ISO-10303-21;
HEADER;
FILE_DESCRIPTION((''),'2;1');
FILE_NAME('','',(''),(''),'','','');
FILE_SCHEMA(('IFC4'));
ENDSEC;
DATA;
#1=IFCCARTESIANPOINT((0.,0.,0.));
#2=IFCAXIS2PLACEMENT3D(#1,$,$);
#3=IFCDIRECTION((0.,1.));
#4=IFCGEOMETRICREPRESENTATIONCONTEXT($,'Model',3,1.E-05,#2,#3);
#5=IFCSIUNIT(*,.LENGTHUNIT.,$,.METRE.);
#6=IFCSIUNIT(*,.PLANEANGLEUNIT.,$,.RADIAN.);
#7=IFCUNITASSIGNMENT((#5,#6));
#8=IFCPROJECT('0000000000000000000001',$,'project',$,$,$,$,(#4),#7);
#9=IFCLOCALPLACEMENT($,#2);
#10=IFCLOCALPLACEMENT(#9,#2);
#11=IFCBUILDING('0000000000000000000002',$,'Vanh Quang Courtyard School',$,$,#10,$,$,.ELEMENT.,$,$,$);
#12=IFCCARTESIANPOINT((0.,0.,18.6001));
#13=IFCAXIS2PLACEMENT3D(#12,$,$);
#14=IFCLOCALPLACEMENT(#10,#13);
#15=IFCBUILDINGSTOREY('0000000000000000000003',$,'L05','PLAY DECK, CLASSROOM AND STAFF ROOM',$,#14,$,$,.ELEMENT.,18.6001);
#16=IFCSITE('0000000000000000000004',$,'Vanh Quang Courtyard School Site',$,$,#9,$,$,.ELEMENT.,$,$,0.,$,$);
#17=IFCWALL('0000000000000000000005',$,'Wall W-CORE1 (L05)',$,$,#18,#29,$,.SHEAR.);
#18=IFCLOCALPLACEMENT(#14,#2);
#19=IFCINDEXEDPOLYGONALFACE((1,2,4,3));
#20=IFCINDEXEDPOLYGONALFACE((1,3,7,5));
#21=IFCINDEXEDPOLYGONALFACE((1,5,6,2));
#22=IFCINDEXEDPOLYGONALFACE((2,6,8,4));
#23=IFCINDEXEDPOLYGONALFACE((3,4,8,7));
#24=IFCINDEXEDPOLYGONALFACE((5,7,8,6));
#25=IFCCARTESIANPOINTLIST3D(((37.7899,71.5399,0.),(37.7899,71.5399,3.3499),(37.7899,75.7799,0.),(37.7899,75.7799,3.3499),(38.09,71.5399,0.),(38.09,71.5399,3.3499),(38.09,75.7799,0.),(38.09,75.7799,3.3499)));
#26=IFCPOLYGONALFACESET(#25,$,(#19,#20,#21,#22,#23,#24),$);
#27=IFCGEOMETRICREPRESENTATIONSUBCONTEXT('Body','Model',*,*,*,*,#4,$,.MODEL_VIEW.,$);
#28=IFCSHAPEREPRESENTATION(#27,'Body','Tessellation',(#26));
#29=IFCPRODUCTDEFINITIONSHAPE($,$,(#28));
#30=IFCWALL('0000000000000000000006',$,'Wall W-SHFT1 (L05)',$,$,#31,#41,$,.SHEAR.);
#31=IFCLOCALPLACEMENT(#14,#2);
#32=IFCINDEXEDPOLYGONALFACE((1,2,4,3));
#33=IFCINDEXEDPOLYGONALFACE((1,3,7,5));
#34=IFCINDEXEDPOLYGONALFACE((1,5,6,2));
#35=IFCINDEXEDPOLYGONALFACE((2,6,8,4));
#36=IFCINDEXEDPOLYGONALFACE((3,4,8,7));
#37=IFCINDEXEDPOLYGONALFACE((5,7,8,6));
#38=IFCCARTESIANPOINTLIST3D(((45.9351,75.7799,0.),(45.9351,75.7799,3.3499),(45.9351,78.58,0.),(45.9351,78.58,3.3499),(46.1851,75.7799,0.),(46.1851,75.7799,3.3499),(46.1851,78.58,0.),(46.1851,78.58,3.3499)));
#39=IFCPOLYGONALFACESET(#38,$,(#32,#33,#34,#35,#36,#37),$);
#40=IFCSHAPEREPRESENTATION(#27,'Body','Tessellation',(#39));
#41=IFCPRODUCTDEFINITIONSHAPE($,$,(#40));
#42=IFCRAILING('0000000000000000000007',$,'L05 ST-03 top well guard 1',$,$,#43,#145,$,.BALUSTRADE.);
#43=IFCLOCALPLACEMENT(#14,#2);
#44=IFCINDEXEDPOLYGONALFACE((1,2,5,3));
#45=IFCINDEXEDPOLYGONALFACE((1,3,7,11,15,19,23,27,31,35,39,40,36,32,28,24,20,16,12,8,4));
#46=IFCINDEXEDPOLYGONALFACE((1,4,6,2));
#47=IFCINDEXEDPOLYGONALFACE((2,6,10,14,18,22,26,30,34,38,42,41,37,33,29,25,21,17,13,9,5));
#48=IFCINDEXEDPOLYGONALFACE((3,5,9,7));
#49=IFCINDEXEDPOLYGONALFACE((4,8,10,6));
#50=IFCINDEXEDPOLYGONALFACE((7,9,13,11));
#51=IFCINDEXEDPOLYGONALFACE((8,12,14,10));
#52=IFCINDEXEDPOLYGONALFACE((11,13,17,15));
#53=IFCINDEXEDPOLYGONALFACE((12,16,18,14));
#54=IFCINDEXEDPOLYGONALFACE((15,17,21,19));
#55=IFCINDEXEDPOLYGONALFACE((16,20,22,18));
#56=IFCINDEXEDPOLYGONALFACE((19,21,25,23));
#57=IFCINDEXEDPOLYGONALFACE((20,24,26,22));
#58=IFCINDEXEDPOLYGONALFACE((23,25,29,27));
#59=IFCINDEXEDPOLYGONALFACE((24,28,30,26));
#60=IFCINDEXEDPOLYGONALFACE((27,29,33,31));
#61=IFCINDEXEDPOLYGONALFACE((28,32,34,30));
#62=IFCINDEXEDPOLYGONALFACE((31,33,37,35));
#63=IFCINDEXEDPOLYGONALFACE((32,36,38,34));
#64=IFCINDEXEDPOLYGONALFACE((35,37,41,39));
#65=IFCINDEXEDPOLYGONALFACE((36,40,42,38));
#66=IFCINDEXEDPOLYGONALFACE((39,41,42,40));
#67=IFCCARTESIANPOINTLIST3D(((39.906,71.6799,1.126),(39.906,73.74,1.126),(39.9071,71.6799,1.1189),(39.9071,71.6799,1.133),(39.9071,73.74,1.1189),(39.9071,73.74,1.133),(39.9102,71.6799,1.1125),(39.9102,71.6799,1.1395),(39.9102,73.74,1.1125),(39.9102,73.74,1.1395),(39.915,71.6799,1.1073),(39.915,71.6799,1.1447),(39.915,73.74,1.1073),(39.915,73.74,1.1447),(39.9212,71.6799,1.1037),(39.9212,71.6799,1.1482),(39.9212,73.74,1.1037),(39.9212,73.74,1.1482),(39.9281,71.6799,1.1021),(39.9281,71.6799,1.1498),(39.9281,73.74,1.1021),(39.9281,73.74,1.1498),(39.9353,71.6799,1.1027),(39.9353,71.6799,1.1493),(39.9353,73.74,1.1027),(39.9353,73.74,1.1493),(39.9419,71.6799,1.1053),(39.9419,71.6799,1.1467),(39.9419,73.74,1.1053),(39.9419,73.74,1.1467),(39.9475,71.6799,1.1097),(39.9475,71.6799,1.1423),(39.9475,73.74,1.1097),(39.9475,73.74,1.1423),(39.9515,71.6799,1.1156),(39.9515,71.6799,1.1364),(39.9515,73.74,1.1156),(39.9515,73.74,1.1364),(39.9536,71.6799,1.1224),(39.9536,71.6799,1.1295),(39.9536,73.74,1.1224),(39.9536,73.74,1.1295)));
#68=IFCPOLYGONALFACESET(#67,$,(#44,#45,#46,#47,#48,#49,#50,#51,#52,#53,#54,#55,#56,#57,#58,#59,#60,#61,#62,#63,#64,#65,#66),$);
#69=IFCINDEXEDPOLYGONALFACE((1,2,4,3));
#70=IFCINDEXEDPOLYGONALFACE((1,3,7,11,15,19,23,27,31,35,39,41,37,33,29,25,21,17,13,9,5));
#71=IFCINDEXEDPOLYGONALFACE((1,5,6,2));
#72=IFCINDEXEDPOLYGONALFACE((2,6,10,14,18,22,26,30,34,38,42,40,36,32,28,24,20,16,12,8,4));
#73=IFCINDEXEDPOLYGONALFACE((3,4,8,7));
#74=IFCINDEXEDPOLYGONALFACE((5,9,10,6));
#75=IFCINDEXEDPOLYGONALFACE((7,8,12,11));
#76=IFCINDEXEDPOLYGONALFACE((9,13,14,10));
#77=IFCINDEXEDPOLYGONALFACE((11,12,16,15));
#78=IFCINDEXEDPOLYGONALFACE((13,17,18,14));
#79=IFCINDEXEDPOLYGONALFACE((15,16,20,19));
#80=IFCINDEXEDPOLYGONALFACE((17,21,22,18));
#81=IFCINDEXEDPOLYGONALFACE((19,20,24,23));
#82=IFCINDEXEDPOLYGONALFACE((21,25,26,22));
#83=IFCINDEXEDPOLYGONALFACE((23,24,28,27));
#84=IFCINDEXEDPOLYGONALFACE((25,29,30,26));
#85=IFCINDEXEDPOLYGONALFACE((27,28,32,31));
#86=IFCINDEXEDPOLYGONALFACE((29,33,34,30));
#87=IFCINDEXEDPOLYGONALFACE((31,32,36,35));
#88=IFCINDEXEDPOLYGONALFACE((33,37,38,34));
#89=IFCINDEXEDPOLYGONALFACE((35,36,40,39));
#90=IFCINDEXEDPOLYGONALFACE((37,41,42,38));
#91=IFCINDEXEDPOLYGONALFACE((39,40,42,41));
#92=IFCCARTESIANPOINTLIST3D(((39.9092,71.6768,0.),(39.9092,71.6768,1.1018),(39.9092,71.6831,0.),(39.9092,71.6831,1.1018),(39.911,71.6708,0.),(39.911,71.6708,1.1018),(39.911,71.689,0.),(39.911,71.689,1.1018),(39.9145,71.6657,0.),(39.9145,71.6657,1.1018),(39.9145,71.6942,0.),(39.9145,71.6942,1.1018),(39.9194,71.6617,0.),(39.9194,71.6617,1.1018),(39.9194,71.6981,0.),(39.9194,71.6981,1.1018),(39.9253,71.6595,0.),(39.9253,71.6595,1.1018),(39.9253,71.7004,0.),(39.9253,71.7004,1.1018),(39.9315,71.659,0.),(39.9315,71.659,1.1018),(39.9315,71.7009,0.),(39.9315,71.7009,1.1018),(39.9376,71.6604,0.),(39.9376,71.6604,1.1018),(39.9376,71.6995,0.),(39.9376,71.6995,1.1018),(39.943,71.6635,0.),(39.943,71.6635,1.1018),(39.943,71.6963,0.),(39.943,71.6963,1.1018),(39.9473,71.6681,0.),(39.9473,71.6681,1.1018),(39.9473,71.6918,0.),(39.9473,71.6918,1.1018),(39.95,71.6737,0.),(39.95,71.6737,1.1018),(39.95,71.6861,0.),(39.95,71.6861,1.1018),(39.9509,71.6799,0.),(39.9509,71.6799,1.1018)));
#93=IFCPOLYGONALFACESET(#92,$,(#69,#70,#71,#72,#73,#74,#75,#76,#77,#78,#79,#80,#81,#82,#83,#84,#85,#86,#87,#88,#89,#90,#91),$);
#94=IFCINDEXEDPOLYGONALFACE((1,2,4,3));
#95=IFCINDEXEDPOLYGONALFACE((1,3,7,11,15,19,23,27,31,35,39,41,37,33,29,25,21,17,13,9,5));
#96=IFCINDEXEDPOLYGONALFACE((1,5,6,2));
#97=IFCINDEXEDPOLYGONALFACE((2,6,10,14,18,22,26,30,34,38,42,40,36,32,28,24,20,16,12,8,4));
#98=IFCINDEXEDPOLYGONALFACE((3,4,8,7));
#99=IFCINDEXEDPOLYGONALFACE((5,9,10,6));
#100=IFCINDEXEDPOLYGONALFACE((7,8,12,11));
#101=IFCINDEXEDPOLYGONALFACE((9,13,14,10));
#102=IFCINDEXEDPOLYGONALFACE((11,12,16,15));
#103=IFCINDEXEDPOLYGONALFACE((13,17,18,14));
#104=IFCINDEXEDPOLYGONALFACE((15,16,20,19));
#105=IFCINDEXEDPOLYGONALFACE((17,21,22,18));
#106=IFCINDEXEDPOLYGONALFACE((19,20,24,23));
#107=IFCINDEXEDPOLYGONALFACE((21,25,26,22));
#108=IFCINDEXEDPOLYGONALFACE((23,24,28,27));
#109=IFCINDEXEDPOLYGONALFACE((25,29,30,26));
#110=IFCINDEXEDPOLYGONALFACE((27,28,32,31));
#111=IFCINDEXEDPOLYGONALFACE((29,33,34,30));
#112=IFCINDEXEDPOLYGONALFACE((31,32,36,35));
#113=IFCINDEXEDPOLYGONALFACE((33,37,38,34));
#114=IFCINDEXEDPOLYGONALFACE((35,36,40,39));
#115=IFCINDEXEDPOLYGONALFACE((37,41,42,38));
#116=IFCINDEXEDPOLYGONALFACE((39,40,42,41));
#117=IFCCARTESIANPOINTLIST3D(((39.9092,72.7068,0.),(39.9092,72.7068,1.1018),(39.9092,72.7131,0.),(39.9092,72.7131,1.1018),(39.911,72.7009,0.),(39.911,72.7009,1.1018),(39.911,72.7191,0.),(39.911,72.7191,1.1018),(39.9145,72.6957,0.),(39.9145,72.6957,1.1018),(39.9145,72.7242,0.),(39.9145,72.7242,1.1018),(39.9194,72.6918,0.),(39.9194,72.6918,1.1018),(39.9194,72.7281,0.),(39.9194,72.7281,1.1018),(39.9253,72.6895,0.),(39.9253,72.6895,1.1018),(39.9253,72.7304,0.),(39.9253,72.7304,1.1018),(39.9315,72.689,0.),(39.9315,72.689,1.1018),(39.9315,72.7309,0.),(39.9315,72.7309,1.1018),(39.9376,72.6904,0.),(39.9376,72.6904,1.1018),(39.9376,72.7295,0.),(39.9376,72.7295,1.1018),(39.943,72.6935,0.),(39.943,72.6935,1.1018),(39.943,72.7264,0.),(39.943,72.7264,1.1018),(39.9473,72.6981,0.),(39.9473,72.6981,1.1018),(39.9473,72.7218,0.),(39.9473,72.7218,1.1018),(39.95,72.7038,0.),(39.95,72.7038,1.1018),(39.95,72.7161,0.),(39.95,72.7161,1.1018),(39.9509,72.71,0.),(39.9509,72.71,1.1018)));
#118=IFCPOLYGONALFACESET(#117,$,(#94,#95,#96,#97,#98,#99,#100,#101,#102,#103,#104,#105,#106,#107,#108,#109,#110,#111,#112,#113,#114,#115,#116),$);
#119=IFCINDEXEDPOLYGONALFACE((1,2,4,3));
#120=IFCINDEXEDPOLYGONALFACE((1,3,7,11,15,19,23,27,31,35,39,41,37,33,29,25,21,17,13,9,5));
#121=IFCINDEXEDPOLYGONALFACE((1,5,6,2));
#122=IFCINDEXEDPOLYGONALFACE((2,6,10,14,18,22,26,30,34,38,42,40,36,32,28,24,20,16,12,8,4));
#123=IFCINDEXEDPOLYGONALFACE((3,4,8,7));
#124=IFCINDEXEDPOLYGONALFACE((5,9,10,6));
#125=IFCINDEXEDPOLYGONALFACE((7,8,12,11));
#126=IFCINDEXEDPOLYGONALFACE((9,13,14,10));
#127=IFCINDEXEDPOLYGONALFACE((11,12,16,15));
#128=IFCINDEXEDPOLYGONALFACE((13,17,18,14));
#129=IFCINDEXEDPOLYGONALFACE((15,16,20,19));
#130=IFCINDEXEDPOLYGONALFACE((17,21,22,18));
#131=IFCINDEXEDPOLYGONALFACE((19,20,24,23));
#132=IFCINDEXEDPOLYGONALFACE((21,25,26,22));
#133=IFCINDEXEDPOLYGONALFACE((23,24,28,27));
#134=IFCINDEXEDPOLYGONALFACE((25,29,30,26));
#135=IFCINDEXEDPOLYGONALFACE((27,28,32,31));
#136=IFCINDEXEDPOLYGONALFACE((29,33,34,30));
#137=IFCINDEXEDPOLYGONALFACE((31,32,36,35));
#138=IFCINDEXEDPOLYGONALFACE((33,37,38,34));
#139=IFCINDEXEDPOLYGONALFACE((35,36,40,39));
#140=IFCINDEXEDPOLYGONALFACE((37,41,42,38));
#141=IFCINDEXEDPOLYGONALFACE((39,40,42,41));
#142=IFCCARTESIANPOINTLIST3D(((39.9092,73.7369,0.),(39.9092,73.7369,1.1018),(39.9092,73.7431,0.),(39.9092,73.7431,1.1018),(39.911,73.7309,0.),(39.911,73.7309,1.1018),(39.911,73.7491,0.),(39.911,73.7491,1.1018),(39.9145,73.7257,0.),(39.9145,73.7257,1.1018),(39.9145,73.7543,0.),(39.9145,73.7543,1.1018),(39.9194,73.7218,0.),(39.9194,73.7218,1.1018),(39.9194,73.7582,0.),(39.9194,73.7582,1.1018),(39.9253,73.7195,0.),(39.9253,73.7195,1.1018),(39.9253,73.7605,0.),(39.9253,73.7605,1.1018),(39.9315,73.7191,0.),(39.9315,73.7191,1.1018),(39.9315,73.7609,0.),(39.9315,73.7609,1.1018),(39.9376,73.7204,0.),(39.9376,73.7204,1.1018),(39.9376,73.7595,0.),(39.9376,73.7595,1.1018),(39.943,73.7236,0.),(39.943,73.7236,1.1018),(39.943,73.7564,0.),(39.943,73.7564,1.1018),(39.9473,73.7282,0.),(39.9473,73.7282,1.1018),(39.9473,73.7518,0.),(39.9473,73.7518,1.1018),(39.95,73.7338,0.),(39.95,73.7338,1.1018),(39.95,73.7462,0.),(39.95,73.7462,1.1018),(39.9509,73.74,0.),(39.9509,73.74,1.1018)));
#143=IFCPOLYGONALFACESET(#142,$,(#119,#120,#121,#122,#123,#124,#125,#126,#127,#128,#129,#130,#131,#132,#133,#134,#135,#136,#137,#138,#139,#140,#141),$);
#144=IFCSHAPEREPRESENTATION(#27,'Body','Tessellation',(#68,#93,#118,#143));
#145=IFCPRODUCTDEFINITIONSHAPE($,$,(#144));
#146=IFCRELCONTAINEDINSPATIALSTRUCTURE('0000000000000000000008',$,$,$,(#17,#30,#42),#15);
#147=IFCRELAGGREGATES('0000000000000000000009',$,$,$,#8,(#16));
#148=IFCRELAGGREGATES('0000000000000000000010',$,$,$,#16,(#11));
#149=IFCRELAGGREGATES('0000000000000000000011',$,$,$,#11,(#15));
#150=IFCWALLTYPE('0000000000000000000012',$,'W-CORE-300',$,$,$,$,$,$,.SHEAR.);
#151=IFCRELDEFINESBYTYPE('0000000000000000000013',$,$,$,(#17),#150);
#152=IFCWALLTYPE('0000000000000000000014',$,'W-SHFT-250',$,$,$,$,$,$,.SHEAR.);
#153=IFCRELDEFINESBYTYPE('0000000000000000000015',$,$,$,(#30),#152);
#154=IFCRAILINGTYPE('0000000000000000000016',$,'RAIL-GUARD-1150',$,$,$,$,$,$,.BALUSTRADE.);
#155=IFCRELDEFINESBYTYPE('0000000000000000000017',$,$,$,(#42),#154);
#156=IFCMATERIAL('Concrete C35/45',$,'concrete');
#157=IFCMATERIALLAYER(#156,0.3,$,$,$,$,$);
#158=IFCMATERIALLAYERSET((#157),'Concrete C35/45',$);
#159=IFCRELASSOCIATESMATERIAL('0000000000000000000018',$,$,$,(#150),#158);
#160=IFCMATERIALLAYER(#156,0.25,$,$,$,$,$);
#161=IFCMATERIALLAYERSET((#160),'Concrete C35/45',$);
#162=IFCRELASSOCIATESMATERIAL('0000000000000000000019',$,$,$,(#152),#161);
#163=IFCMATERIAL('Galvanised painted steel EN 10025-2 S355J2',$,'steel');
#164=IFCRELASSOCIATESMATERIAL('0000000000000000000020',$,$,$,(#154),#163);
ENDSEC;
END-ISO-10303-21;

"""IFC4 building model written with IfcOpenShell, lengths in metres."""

from ifc_helpers import new_model, si_unit, direction, frame, frame_2d, origin, origin_2d, place, context, subcontext, project, spatial, rectangle, circle, extrude, material, layer, layer_set, type_object, element, save


model = new_model("IFC4")

# Units and contexts
model_context = context("Model", 3, precision=1e-05, world=origin(), true_north=direction((0.0, 1.0)))
body_context = subcontext(model_context, "Body", "Model", "MODEL_VIEW")
ifc_project = project(units=[si_unit("LENGTHUNIT", "METRE"), si_unit("PLANEANGLEUNIT", "RADIAN")], contexts=[model_context])

# Site, building, storey
site_placement = place(None, origin())
site = spatial("IfcSite", under=ifc_project, at=site_placement, Name="Vanh Quang Courtyard School Site", CompositionType="ELEMENT", RefElevation=0.0)
building_placement = place(site_placement, origin())
building = spatial("IfcBuilding", under=site, at=building_placement, Name="Vanh Quang Courtyard School", CompositionType="ELEMENT")
storey_placement = place(building_placement, frame((0.0, 0.0, 18.6001)))
storey = spatial("IfcBuildingStorey", under=building, at=storey_placement, Name="L05", Description="PLAY DECK, CLASSROOM AND STAFF ROOM", CompositionType="ELEMENT", Elevation=18.6001)

# Shared definitions
ifc_material_1 = material(Name="Concrete C35/45", Category="concrete")

# Shared definitions
ifc_layer_1 = layer(ifc_material_1, 0.3)
ifc_layer_set_1 = layer_set([ifc_layer_1], Name="Concrete C35/45")
wall_type_1 = type_object("IfcWallType", Name="W-CORE-300", PredefinedType="SHEAR", material=ifc_layer_set_1)

# Wall
wall_1_placement = place(storey_placement, frame((37.9399, 75.78, 0.0), z_axis=(0.0, 0.0, 1.0), x_axis=(0.0, -1.0, 0.0)))
element("IfcWall", 1, at=wall_1_placement, inside=storey, type_object=wall_type_1, Name="Wall W-CORE1 (L05)", PredefinedType="SHEAR", context=body_context, shape_type="SweptSolid", body=[
    extrude(rectangle(XDim=4.24, YDim=0.3, at=frame_2d((2.1201, 0.0))), origin(), (0.0, 0.0, 1.0), 3.3499),
])

# Shared definitions
ifc_layer_2 = layer(ifc_material_1, 0.25)
ifc_layer_set_2 = layer_set([ifc_layer_2], Name="Concrete C35/45")
wall_type_2 = type_object("IfcWallType", Name="W-SHFT-250", PredefinedType="SHEAR", material=ifc_layer_set_2)

# Wall
wall_2_placement = place(storey_placement, frame((46.0601, 75.78, 0.0), z_axis=(0.0, 0.0, 1.0), x_axis=(0.0, 1.0, 0.0)))
element("IfcWall", 2, at=wall_2_placement, inside=storey, type_object=wall_type_2, Name="Wall W-SHFT1 (L05)", PredefinedType="SHEAR", context=body_context, shape_type="SweptSolid", body=[
    extrude(rectangle(XDim=2.8, YDim=0.25, at=frame_2d((1.3999, 0.0))), origin(), (0.0, 0.0, 1.0), 3.3499),
])

# Railing
ifc_material_2 = material(Name="Galvanised painted steel EN 10025-2 S355J2", Category="steel")
railing_type = type_object("IfcRailingType", Name="RAIL-GUARD-1150", PredefinedType="BALUSTRADE", material=ifc_material_2)
railing_placement = place(storey_placement, frame((39.9299, 71.6799, 0.0)))
element("IfcRailing", 3, at=railing_placement, inside=storey, type_object=railing_type, Name="L05 ST-03 top well guard 1", PredefinedType="BALUSTRADE", context=body_context, shape_type="SweptSolid", body=[
    extrude(circle(Radius=0.0239, at=origin_2d()), frame((0.0, 0.0, 1.126), z_axis=(0.0, 1.0, 0.0), x_axis=(-1.0, 0.0, 0.0)), (0.0, 0.0, 1.0), 2.0601),
    extrude(circle(Radius=0.021, at=origin_2d()), origin(), (0.0, 0.0, 1.0), 1.1018),
    extrude(circle(Radius=0.021, at=origin_2d()), frame((0.0, 1.03, 0.0)), (0.0, 0.0, 1.0), 1.1018),
    extrude(circle(Radius=0.021, at=origin_2d()), frame((0.0, 2.0601, 0.0)), (0.0, 0.0, 1.0), 1.1018),
])

save(model, "model.ifc")
